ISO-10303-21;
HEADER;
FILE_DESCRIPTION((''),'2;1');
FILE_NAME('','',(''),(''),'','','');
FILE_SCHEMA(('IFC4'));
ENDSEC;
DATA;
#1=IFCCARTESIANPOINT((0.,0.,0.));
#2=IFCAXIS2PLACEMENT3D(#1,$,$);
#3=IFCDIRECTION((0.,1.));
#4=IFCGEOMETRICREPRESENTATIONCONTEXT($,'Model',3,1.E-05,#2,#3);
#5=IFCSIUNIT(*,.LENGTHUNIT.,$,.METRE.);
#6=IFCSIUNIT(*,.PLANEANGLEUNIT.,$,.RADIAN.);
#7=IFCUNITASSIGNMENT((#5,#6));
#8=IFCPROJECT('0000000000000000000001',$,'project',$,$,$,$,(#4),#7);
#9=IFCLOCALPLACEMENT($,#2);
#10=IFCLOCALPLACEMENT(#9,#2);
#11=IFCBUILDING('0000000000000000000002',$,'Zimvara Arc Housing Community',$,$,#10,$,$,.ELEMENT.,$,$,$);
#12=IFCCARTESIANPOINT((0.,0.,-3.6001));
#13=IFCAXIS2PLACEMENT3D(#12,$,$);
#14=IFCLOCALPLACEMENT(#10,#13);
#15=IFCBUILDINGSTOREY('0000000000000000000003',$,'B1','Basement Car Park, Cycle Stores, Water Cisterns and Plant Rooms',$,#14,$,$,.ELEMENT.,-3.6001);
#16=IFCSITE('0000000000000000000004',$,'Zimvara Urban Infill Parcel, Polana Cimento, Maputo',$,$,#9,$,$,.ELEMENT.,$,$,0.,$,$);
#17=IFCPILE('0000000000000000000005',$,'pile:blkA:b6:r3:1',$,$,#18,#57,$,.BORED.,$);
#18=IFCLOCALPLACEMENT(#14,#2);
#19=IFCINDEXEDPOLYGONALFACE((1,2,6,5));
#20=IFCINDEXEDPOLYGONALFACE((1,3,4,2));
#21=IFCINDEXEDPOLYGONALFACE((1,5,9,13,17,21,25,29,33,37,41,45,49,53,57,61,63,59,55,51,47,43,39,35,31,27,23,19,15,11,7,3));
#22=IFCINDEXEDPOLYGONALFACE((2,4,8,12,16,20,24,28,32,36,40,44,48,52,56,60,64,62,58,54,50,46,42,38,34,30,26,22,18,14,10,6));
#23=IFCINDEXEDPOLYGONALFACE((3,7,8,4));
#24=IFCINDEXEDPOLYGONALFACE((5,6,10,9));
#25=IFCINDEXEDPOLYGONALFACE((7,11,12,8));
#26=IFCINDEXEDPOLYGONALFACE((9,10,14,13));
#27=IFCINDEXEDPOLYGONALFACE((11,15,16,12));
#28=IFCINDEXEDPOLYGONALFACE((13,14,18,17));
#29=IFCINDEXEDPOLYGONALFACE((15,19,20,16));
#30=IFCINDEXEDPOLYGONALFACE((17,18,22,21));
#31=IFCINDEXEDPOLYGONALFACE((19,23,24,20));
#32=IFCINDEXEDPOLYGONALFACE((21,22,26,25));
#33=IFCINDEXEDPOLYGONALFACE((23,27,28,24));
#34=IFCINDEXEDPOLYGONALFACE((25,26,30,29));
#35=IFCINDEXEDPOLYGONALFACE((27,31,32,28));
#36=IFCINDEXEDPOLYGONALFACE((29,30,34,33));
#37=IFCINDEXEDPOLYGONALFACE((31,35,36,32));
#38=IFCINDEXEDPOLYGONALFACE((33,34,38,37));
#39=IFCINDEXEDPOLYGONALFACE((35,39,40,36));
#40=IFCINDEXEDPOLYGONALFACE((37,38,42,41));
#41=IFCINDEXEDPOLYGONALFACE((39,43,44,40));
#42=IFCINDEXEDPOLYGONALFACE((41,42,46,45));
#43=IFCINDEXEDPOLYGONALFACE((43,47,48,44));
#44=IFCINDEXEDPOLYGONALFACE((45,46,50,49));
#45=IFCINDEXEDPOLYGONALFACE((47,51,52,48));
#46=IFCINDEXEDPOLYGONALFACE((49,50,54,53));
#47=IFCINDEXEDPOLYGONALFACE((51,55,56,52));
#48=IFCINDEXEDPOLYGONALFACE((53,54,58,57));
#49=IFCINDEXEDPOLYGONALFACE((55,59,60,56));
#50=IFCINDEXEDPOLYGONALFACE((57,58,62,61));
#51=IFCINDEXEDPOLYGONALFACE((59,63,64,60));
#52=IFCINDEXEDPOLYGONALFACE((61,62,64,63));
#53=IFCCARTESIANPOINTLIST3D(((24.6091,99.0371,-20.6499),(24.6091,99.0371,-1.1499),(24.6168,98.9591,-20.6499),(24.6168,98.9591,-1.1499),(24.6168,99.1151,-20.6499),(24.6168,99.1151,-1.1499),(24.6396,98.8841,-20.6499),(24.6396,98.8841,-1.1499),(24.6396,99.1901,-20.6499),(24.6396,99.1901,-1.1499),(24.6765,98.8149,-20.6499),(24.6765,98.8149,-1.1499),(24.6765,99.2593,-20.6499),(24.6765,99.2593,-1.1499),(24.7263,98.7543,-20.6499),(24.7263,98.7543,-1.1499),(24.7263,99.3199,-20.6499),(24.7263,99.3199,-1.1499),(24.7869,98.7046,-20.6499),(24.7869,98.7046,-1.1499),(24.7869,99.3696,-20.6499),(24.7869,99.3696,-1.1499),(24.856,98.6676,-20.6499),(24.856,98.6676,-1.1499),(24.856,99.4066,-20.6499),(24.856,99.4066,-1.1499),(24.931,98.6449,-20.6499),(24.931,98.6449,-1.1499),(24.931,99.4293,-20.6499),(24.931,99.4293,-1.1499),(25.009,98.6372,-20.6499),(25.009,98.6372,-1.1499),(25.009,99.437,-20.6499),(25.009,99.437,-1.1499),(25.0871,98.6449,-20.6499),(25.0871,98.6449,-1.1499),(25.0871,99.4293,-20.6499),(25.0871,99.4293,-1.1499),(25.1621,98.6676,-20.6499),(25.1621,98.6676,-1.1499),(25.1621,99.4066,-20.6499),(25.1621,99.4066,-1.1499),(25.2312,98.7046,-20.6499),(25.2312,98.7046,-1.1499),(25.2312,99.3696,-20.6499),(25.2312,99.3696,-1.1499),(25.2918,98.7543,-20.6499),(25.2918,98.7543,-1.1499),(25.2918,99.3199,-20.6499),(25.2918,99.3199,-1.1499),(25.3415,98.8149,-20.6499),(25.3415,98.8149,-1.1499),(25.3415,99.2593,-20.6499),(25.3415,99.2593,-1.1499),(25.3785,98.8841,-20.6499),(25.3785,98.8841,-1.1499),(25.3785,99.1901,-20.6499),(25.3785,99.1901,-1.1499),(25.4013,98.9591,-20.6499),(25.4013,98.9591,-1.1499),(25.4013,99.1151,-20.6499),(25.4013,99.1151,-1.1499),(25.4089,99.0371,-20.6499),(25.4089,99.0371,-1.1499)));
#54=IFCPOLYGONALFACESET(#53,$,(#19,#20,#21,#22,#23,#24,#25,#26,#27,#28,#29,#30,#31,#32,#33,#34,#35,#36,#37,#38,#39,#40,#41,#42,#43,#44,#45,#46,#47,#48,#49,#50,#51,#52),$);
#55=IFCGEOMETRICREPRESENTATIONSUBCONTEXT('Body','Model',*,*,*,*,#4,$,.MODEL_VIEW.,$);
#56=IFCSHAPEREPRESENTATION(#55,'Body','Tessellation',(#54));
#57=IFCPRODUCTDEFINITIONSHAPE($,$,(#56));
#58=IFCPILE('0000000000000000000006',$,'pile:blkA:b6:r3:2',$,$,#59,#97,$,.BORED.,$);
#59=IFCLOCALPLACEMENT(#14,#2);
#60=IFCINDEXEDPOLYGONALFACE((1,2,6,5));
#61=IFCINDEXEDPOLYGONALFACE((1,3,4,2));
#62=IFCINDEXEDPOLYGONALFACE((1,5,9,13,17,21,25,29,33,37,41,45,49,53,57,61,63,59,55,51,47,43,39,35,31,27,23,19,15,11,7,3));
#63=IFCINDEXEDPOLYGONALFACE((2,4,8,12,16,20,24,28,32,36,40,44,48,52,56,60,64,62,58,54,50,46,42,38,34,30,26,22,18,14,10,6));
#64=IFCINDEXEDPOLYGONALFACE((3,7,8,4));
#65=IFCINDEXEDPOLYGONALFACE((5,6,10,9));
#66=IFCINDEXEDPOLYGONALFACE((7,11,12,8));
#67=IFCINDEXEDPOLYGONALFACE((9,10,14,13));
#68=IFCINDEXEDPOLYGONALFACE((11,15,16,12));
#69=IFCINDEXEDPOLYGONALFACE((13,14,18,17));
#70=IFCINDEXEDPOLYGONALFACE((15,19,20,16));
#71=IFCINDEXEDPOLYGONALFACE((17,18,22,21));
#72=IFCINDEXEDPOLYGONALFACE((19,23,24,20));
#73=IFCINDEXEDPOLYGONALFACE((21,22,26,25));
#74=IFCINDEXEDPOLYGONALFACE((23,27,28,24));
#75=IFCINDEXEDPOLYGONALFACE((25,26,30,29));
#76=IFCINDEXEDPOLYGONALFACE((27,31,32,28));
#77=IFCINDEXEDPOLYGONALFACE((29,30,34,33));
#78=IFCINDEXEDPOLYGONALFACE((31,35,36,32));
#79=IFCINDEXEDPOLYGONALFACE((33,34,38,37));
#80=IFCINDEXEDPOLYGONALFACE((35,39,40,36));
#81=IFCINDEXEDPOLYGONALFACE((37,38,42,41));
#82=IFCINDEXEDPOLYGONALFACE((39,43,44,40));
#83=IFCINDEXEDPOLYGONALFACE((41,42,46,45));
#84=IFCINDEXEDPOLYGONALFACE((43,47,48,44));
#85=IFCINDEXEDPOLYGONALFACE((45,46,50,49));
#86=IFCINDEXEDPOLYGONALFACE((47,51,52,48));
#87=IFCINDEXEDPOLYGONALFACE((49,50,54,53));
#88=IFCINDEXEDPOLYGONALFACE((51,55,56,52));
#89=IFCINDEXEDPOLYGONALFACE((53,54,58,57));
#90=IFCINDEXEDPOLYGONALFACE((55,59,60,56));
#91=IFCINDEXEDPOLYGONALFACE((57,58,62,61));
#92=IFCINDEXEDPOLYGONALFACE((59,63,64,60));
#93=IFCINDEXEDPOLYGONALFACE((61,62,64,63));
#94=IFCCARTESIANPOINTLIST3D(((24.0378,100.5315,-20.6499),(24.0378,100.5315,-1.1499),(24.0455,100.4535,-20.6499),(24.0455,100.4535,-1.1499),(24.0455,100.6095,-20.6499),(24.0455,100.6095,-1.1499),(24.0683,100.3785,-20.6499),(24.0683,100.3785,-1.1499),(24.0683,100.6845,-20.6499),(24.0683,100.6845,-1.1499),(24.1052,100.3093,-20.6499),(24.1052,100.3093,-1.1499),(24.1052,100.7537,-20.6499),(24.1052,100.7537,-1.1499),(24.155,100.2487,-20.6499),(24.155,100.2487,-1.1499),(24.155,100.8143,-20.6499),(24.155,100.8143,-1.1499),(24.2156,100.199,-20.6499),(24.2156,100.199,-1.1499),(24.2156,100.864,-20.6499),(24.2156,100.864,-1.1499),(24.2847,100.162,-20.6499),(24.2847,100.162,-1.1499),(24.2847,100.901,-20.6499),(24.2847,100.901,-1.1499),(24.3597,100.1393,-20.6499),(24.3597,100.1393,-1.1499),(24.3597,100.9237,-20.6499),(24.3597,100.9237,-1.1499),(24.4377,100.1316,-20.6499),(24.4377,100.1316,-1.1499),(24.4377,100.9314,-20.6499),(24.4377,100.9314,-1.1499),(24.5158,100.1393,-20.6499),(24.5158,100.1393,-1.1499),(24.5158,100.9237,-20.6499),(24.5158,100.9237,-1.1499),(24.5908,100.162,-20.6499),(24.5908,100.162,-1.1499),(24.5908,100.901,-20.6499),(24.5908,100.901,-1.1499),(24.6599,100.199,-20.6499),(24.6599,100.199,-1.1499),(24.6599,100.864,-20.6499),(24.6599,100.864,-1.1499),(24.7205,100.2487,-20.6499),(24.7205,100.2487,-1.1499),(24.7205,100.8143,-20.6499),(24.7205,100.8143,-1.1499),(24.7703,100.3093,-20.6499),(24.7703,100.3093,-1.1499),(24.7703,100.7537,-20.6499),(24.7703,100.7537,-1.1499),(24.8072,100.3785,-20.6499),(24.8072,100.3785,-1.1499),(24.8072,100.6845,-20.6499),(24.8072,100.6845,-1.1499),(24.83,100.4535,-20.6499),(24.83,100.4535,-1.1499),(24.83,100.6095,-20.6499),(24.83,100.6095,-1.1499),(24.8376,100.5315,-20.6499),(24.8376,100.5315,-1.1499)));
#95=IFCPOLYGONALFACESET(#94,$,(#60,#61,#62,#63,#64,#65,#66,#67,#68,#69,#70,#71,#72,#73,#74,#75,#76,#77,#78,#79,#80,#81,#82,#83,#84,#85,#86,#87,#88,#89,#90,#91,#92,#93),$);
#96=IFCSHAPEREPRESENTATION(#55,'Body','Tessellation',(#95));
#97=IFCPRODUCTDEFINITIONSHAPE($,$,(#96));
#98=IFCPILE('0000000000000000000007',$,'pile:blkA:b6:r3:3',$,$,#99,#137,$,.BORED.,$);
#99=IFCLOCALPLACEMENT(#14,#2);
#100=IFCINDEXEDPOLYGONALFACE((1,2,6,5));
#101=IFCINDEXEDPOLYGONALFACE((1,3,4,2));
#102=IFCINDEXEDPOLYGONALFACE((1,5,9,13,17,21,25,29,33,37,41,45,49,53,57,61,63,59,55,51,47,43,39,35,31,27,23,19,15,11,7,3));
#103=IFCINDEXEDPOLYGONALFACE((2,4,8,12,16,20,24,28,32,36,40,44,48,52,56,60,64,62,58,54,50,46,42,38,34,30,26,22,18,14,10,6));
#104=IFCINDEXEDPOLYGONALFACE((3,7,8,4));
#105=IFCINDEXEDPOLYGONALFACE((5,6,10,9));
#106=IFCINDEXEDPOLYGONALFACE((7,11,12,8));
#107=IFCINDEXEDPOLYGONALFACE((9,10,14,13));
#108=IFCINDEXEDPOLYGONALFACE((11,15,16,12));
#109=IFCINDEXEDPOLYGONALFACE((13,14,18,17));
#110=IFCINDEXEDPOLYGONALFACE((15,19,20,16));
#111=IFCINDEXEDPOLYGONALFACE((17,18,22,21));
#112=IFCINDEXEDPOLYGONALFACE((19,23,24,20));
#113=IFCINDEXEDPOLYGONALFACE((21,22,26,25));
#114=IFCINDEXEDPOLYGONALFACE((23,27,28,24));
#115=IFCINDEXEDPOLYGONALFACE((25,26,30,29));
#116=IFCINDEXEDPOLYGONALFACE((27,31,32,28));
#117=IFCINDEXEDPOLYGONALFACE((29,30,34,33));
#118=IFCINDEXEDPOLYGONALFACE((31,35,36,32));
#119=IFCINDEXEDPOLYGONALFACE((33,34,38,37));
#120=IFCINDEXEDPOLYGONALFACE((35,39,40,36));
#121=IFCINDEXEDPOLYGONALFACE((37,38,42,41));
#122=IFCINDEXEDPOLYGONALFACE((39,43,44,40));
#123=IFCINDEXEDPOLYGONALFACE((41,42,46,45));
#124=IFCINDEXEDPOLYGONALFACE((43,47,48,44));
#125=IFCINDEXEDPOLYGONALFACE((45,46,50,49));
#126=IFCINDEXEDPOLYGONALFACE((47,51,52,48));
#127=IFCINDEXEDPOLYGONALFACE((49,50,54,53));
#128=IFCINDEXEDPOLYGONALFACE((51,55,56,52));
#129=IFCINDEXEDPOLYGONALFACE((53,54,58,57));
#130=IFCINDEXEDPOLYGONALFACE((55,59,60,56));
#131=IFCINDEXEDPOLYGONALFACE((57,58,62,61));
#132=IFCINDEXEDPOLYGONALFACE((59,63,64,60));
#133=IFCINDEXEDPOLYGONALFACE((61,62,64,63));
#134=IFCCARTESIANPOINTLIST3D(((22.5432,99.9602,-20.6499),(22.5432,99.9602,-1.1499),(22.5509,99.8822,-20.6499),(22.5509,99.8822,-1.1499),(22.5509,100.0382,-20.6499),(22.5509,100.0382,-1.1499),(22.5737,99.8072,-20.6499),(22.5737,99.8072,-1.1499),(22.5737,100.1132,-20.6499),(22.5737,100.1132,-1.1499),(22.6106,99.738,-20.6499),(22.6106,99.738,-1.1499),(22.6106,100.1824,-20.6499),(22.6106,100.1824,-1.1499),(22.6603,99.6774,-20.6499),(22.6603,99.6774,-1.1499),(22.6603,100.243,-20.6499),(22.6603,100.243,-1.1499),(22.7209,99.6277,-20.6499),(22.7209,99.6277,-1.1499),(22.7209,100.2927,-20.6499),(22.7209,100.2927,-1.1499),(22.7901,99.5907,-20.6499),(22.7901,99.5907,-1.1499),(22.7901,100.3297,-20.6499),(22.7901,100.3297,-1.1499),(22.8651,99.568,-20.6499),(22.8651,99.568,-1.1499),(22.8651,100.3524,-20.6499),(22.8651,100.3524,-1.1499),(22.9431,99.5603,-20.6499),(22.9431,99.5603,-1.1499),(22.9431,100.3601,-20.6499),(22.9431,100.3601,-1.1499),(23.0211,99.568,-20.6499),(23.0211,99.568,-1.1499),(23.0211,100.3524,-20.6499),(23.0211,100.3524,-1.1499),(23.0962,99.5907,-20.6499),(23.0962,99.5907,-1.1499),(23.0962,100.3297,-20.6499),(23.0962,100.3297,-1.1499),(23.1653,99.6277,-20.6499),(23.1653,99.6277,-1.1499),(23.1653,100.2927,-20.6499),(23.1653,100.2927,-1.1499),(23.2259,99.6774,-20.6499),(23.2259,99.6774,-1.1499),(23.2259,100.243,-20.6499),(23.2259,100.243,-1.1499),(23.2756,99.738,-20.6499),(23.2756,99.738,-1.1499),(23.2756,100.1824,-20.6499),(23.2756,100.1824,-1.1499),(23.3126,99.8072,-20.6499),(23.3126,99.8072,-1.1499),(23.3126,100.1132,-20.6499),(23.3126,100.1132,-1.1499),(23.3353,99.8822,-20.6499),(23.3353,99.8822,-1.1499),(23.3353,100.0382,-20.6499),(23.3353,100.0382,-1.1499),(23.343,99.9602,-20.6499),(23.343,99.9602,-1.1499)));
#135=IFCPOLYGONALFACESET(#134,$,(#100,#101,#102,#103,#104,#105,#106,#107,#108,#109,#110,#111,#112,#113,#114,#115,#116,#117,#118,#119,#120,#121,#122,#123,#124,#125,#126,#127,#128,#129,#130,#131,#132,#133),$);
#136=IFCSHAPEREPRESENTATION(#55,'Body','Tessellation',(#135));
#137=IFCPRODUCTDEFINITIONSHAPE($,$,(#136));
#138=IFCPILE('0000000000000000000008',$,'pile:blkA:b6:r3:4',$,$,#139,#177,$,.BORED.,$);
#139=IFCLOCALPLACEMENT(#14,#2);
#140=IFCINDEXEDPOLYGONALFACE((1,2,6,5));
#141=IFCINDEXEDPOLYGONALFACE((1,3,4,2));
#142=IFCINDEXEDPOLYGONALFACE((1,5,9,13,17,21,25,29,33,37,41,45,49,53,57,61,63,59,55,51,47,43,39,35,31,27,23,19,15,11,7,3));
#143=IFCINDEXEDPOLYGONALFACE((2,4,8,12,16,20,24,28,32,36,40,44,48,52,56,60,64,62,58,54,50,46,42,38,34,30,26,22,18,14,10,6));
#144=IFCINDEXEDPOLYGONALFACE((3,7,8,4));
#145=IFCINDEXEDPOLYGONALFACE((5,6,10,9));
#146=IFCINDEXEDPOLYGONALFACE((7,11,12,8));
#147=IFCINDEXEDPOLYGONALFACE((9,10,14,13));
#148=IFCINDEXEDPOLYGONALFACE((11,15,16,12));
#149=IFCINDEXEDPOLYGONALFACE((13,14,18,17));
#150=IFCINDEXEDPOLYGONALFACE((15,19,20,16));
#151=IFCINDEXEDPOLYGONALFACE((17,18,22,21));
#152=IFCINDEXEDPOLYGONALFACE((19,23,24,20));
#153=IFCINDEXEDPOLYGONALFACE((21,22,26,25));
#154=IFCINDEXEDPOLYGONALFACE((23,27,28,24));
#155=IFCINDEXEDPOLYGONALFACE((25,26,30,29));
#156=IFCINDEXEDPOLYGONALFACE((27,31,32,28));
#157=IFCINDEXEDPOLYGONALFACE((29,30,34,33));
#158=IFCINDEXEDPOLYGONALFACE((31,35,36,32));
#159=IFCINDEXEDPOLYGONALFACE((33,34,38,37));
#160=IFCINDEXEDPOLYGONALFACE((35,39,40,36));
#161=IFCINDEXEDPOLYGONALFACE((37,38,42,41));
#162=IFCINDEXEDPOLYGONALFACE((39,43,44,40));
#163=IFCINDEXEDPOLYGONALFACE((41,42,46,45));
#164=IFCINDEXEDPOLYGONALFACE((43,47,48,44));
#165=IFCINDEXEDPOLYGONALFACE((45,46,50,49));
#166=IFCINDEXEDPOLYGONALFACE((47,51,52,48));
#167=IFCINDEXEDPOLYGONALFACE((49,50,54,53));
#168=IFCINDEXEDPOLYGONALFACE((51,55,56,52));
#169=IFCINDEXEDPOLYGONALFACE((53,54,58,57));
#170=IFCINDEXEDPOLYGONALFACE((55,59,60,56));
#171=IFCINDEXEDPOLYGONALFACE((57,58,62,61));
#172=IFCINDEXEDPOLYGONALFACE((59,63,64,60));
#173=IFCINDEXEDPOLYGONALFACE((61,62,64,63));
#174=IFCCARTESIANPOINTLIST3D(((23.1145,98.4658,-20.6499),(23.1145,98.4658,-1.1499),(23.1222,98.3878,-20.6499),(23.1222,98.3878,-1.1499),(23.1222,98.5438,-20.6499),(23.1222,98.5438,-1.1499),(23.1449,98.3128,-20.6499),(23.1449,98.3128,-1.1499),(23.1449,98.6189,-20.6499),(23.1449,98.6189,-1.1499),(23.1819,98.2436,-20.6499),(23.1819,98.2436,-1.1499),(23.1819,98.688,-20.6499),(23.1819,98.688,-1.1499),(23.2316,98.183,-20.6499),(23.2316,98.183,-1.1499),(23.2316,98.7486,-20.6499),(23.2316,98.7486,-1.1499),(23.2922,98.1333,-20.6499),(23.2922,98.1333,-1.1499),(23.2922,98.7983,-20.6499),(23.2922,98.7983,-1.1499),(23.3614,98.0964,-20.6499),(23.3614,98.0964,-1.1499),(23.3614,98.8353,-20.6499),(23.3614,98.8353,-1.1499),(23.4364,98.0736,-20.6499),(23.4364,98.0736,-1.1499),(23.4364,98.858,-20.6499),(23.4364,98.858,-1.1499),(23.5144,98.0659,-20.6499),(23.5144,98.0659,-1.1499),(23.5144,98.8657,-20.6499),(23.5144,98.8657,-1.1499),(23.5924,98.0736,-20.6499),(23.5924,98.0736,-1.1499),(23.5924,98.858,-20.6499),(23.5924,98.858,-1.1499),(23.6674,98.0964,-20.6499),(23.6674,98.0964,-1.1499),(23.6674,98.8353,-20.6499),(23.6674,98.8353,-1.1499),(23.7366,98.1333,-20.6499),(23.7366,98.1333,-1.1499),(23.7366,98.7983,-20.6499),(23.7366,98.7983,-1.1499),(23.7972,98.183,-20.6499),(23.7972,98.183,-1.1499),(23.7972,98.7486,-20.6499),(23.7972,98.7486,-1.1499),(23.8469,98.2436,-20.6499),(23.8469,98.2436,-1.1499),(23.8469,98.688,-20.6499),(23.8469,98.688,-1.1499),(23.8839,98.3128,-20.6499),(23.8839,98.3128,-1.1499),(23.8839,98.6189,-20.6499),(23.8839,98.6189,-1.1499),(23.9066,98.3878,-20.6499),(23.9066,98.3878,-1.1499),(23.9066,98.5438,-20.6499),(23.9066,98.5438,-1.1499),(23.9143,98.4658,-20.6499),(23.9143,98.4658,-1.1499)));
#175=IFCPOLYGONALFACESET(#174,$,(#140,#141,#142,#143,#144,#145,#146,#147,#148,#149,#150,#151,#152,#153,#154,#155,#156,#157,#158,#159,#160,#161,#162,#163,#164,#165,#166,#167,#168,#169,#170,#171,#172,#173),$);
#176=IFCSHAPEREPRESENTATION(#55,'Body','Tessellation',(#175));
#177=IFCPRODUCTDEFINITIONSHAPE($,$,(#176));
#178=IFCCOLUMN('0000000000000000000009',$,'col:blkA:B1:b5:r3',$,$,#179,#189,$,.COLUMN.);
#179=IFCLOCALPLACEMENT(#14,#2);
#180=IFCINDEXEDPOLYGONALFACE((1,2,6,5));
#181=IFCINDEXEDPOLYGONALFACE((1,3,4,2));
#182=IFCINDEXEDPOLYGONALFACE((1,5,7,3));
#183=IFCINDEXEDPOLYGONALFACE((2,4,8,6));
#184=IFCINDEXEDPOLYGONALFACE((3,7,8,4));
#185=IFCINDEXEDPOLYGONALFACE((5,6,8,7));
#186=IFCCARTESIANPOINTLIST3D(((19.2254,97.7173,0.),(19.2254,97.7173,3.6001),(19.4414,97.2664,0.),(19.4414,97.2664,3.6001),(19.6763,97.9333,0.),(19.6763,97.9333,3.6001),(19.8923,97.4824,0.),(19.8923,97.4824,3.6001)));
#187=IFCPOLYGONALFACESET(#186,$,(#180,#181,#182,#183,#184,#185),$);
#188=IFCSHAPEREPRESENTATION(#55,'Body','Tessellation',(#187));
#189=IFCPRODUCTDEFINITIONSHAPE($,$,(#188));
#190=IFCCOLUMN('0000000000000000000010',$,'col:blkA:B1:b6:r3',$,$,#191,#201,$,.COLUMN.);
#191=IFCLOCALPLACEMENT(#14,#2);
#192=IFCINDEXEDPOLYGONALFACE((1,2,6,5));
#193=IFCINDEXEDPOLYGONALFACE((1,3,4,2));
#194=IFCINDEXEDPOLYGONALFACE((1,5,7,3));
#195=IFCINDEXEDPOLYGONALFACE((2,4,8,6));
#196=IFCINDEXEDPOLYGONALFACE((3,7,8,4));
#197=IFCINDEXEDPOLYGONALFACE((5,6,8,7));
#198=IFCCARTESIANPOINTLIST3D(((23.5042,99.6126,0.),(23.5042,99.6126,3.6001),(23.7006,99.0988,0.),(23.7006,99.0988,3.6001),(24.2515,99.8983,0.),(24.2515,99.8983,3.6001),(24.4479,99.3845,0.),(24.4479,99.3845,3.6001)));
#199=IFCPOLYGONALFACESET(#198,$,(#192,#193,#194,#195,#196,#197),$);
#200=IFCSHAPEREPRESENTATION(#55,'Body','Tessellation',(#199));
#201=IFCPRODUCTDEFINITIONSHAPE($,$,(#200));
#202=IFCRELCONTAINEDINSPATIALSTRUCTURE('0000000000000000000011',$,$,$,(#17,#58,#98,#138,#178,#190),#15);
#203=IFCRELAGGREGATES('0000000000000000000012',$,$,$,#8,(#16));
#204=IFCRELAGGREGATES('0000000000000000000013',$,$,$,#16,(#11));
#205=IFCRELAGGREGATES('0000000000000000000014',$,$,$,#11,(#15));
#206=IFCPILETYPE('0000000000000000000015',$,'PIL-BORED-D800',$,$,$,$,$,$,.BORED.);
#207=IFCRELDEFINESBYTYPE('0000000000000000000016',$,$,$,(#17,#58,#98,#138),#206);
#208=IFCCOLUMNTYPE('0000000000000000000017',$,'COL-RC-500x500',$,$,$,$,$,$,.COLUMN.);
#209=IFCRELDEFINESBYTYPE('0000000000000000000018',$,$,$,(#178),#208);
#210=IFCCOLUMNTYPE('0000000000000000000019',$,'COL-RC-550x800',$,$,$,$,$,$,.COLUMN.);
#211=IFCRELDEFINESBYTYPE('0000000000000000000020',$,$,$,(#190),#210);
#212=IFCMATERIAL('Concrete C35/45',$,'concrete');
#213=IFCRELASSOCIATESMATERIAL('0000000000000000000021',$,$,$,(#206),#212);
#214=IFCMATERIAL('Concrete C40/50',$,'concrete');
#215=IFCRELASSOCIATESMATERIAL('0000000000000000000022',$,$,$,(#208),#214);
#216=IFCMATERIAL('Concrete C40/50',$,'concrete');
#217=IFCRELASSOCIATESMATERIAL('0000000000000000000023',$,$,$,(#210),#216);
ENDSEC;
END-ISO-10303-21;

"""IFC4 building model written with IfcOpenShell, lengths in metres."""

from ifc_helpers import new_model, si_unit, direction, frame, origin, origin_2d, place, context, subcontext, project, spatial, rectangle, circle, extrude, material, material_profile, profile_set, type_object, element, save


model = new_model("IFC4")

# Units and contexts
model_context = context("Model", 3, precision=1e-05, world=origin(), true_north=direction((0.0, 1.0)))
body_context = subcontext(model_context, "Body", "Model", "MODEL_VIEW")
ifc_project = project(units=[si_unit("LENGTHUNIT", "METRE"), si_unit("PLANEANGLEUNIT", "RADIAN")], contexts=[model_context])

# Site, building, storey
site_placement = place(None, origin())
site = spatial("IfcSite", under=ifc_project, at=site_placement, Name="Zimvara Urban Infill Parcel, Polana Cimento, Maputo", CompositionType="ELEMENT", RefElevation=0.0)
building_placement = place(site_placement, origin())
building = spatial("IfcBuilding", under=site, at=building_placement, Name="Zimvara Arc Housing Community", CompositionType="ELEMENT")
storey_placement = place(building_placement, frame((0.0, 0.0, -3.6001)))
storey = spatial("IfcBuildingStorey", under=building, at=storey_placement, Name="B1", Description="Basement Car Park, Cycle Stores, Water Cisterns and Plant Rooms", CompositionType="ELEMENT", Elevation=-3.6001)

# Piles
ifc_material_1 = material(Name="Concrete C35/45", Category="concrete")
ifc_material_profile_1 = material_profile(ifc_material_1, circle(Radius=0.3999, at=origin_2d()), Name="PILE D800")
ifc_profile_set_1 = profile_set([ifc_material_profile_1], Name="Concrete C35/45")
pile_type = type_object("IfcPileType", Name="PIL-BORED-D800", PredefinedType="BORED", material=ifc_profile_set_1)
for number, where, z_axis, x_axis, name in (
    (1, (25.009, 99.0371, -1.1499), (0.0, 0.0, -1.0), (1.0, 0.0, 0.0), "pile:blkA:b6:r3:1"),
    (2, (24.4377, 100.5315, -1.1499), (0.0, 0.0, -1.0), (1.0, 0.0, 0.0), "pile:blkA:b6:r3:2"),
    (3, (22.9431, 99.9602, -1.1499), (0.0, 0.0, -1.0), (1.0, 0.0, 0.0), "pile:blkA:b6:r3:3"),
    (4, (23.5144, 98.4658, -1.1499), (0.0, 0.0, -1.0), (1.0, 0.0, 0.0), "pile:blkA:b6:r3:4"),
):
    element("IfcPile", number, at=place(storey_placement, frame(where, z_axis=z_axis, x_axis=x_axis)), inside=storey, type_object=pile_type, Name=name, PredefinedType="BORED", context=body_context, shape_type="SweptSolid", body=[
        extrude(circle(Radius=0.3999, at=origin_2d()), origin(), (0.0, 0.0, 1.0), 19.5),
    ])

# Columns
ifc_material_2 = material(Name="Concrete C40/50", Category="concrete")
ifc_material_profile_2 = material_profile(ifc_material_2, rectangle(XDim=0.5, YDim=0.5, at=origin_2d()), Name="RC 500x500")
ifc_profile_set_2 = profile_set([ifc_material_profile_2], Name="Concrete C40/50")
column_type_1 = type_object("IfcColumnType", Name="COL-RC-500x500", PredefinedType="COLUMN", material=ifc_profile_set_2)
column_1_placement = place(storey_placement, frame((19.5588, 97.5999, 0.0), z_axis=(0.0, 0.0, 1.0), x_axis=(-0.432086, 0.901833, 0.0)))
element("IfcColumn", 5, at=column_1_placement, inside=storey, type_object=column_type_1, Name="col:blkA:B1:b5:r3", PredefinedType="COLUMN", context=body_context, shape_type="SweptSolid", body=[
    extrude(rectangle(XDim=0.5, YDim=0.5, at=origin_2d()), origin(), (0.0, 0.0, 1.0), 3.6001),
])
ifc_material_3 = material(Name="Concrete C40/50", Category="concrete")
ifc_material_profile_3 = material_profile(ifc_material_3, rectangle(XDim=0.55, YDim=0.8, at=origin_2d()), Name="RC 550x800")
ifc_profile_set_3 = profile_set([ifc_material_profile_3], Name="Concrete C40/50")
column_type_2 = type_object("IfcColumnType", Name="COL-RC-550x800", PredefinedType="COLUMN", material=ifc_profile_set_3)
column_2_placement = place(storey_placement, frame((23.9761, 99.4985, 0.0), z_axis=(0.0, 0.0, 1.0), x_axis=(-0.357064, 0.93408, 0.0)))
element("IfcColumn", 6, at=column_2_placement, inside=storey, type_object=column_type_2, Name="col:blkA:B1:b6:r3", PredefinedType="COLUMN", context=body_context, shape_type="SweptSolid", body=[
    extrude(rectangle(XDim=0.55, YDim=0.8, at=origin_2d()), origin(), (0.0, 0.0, 1.0), 3.6001),
])

save(model, "model.ifc")
